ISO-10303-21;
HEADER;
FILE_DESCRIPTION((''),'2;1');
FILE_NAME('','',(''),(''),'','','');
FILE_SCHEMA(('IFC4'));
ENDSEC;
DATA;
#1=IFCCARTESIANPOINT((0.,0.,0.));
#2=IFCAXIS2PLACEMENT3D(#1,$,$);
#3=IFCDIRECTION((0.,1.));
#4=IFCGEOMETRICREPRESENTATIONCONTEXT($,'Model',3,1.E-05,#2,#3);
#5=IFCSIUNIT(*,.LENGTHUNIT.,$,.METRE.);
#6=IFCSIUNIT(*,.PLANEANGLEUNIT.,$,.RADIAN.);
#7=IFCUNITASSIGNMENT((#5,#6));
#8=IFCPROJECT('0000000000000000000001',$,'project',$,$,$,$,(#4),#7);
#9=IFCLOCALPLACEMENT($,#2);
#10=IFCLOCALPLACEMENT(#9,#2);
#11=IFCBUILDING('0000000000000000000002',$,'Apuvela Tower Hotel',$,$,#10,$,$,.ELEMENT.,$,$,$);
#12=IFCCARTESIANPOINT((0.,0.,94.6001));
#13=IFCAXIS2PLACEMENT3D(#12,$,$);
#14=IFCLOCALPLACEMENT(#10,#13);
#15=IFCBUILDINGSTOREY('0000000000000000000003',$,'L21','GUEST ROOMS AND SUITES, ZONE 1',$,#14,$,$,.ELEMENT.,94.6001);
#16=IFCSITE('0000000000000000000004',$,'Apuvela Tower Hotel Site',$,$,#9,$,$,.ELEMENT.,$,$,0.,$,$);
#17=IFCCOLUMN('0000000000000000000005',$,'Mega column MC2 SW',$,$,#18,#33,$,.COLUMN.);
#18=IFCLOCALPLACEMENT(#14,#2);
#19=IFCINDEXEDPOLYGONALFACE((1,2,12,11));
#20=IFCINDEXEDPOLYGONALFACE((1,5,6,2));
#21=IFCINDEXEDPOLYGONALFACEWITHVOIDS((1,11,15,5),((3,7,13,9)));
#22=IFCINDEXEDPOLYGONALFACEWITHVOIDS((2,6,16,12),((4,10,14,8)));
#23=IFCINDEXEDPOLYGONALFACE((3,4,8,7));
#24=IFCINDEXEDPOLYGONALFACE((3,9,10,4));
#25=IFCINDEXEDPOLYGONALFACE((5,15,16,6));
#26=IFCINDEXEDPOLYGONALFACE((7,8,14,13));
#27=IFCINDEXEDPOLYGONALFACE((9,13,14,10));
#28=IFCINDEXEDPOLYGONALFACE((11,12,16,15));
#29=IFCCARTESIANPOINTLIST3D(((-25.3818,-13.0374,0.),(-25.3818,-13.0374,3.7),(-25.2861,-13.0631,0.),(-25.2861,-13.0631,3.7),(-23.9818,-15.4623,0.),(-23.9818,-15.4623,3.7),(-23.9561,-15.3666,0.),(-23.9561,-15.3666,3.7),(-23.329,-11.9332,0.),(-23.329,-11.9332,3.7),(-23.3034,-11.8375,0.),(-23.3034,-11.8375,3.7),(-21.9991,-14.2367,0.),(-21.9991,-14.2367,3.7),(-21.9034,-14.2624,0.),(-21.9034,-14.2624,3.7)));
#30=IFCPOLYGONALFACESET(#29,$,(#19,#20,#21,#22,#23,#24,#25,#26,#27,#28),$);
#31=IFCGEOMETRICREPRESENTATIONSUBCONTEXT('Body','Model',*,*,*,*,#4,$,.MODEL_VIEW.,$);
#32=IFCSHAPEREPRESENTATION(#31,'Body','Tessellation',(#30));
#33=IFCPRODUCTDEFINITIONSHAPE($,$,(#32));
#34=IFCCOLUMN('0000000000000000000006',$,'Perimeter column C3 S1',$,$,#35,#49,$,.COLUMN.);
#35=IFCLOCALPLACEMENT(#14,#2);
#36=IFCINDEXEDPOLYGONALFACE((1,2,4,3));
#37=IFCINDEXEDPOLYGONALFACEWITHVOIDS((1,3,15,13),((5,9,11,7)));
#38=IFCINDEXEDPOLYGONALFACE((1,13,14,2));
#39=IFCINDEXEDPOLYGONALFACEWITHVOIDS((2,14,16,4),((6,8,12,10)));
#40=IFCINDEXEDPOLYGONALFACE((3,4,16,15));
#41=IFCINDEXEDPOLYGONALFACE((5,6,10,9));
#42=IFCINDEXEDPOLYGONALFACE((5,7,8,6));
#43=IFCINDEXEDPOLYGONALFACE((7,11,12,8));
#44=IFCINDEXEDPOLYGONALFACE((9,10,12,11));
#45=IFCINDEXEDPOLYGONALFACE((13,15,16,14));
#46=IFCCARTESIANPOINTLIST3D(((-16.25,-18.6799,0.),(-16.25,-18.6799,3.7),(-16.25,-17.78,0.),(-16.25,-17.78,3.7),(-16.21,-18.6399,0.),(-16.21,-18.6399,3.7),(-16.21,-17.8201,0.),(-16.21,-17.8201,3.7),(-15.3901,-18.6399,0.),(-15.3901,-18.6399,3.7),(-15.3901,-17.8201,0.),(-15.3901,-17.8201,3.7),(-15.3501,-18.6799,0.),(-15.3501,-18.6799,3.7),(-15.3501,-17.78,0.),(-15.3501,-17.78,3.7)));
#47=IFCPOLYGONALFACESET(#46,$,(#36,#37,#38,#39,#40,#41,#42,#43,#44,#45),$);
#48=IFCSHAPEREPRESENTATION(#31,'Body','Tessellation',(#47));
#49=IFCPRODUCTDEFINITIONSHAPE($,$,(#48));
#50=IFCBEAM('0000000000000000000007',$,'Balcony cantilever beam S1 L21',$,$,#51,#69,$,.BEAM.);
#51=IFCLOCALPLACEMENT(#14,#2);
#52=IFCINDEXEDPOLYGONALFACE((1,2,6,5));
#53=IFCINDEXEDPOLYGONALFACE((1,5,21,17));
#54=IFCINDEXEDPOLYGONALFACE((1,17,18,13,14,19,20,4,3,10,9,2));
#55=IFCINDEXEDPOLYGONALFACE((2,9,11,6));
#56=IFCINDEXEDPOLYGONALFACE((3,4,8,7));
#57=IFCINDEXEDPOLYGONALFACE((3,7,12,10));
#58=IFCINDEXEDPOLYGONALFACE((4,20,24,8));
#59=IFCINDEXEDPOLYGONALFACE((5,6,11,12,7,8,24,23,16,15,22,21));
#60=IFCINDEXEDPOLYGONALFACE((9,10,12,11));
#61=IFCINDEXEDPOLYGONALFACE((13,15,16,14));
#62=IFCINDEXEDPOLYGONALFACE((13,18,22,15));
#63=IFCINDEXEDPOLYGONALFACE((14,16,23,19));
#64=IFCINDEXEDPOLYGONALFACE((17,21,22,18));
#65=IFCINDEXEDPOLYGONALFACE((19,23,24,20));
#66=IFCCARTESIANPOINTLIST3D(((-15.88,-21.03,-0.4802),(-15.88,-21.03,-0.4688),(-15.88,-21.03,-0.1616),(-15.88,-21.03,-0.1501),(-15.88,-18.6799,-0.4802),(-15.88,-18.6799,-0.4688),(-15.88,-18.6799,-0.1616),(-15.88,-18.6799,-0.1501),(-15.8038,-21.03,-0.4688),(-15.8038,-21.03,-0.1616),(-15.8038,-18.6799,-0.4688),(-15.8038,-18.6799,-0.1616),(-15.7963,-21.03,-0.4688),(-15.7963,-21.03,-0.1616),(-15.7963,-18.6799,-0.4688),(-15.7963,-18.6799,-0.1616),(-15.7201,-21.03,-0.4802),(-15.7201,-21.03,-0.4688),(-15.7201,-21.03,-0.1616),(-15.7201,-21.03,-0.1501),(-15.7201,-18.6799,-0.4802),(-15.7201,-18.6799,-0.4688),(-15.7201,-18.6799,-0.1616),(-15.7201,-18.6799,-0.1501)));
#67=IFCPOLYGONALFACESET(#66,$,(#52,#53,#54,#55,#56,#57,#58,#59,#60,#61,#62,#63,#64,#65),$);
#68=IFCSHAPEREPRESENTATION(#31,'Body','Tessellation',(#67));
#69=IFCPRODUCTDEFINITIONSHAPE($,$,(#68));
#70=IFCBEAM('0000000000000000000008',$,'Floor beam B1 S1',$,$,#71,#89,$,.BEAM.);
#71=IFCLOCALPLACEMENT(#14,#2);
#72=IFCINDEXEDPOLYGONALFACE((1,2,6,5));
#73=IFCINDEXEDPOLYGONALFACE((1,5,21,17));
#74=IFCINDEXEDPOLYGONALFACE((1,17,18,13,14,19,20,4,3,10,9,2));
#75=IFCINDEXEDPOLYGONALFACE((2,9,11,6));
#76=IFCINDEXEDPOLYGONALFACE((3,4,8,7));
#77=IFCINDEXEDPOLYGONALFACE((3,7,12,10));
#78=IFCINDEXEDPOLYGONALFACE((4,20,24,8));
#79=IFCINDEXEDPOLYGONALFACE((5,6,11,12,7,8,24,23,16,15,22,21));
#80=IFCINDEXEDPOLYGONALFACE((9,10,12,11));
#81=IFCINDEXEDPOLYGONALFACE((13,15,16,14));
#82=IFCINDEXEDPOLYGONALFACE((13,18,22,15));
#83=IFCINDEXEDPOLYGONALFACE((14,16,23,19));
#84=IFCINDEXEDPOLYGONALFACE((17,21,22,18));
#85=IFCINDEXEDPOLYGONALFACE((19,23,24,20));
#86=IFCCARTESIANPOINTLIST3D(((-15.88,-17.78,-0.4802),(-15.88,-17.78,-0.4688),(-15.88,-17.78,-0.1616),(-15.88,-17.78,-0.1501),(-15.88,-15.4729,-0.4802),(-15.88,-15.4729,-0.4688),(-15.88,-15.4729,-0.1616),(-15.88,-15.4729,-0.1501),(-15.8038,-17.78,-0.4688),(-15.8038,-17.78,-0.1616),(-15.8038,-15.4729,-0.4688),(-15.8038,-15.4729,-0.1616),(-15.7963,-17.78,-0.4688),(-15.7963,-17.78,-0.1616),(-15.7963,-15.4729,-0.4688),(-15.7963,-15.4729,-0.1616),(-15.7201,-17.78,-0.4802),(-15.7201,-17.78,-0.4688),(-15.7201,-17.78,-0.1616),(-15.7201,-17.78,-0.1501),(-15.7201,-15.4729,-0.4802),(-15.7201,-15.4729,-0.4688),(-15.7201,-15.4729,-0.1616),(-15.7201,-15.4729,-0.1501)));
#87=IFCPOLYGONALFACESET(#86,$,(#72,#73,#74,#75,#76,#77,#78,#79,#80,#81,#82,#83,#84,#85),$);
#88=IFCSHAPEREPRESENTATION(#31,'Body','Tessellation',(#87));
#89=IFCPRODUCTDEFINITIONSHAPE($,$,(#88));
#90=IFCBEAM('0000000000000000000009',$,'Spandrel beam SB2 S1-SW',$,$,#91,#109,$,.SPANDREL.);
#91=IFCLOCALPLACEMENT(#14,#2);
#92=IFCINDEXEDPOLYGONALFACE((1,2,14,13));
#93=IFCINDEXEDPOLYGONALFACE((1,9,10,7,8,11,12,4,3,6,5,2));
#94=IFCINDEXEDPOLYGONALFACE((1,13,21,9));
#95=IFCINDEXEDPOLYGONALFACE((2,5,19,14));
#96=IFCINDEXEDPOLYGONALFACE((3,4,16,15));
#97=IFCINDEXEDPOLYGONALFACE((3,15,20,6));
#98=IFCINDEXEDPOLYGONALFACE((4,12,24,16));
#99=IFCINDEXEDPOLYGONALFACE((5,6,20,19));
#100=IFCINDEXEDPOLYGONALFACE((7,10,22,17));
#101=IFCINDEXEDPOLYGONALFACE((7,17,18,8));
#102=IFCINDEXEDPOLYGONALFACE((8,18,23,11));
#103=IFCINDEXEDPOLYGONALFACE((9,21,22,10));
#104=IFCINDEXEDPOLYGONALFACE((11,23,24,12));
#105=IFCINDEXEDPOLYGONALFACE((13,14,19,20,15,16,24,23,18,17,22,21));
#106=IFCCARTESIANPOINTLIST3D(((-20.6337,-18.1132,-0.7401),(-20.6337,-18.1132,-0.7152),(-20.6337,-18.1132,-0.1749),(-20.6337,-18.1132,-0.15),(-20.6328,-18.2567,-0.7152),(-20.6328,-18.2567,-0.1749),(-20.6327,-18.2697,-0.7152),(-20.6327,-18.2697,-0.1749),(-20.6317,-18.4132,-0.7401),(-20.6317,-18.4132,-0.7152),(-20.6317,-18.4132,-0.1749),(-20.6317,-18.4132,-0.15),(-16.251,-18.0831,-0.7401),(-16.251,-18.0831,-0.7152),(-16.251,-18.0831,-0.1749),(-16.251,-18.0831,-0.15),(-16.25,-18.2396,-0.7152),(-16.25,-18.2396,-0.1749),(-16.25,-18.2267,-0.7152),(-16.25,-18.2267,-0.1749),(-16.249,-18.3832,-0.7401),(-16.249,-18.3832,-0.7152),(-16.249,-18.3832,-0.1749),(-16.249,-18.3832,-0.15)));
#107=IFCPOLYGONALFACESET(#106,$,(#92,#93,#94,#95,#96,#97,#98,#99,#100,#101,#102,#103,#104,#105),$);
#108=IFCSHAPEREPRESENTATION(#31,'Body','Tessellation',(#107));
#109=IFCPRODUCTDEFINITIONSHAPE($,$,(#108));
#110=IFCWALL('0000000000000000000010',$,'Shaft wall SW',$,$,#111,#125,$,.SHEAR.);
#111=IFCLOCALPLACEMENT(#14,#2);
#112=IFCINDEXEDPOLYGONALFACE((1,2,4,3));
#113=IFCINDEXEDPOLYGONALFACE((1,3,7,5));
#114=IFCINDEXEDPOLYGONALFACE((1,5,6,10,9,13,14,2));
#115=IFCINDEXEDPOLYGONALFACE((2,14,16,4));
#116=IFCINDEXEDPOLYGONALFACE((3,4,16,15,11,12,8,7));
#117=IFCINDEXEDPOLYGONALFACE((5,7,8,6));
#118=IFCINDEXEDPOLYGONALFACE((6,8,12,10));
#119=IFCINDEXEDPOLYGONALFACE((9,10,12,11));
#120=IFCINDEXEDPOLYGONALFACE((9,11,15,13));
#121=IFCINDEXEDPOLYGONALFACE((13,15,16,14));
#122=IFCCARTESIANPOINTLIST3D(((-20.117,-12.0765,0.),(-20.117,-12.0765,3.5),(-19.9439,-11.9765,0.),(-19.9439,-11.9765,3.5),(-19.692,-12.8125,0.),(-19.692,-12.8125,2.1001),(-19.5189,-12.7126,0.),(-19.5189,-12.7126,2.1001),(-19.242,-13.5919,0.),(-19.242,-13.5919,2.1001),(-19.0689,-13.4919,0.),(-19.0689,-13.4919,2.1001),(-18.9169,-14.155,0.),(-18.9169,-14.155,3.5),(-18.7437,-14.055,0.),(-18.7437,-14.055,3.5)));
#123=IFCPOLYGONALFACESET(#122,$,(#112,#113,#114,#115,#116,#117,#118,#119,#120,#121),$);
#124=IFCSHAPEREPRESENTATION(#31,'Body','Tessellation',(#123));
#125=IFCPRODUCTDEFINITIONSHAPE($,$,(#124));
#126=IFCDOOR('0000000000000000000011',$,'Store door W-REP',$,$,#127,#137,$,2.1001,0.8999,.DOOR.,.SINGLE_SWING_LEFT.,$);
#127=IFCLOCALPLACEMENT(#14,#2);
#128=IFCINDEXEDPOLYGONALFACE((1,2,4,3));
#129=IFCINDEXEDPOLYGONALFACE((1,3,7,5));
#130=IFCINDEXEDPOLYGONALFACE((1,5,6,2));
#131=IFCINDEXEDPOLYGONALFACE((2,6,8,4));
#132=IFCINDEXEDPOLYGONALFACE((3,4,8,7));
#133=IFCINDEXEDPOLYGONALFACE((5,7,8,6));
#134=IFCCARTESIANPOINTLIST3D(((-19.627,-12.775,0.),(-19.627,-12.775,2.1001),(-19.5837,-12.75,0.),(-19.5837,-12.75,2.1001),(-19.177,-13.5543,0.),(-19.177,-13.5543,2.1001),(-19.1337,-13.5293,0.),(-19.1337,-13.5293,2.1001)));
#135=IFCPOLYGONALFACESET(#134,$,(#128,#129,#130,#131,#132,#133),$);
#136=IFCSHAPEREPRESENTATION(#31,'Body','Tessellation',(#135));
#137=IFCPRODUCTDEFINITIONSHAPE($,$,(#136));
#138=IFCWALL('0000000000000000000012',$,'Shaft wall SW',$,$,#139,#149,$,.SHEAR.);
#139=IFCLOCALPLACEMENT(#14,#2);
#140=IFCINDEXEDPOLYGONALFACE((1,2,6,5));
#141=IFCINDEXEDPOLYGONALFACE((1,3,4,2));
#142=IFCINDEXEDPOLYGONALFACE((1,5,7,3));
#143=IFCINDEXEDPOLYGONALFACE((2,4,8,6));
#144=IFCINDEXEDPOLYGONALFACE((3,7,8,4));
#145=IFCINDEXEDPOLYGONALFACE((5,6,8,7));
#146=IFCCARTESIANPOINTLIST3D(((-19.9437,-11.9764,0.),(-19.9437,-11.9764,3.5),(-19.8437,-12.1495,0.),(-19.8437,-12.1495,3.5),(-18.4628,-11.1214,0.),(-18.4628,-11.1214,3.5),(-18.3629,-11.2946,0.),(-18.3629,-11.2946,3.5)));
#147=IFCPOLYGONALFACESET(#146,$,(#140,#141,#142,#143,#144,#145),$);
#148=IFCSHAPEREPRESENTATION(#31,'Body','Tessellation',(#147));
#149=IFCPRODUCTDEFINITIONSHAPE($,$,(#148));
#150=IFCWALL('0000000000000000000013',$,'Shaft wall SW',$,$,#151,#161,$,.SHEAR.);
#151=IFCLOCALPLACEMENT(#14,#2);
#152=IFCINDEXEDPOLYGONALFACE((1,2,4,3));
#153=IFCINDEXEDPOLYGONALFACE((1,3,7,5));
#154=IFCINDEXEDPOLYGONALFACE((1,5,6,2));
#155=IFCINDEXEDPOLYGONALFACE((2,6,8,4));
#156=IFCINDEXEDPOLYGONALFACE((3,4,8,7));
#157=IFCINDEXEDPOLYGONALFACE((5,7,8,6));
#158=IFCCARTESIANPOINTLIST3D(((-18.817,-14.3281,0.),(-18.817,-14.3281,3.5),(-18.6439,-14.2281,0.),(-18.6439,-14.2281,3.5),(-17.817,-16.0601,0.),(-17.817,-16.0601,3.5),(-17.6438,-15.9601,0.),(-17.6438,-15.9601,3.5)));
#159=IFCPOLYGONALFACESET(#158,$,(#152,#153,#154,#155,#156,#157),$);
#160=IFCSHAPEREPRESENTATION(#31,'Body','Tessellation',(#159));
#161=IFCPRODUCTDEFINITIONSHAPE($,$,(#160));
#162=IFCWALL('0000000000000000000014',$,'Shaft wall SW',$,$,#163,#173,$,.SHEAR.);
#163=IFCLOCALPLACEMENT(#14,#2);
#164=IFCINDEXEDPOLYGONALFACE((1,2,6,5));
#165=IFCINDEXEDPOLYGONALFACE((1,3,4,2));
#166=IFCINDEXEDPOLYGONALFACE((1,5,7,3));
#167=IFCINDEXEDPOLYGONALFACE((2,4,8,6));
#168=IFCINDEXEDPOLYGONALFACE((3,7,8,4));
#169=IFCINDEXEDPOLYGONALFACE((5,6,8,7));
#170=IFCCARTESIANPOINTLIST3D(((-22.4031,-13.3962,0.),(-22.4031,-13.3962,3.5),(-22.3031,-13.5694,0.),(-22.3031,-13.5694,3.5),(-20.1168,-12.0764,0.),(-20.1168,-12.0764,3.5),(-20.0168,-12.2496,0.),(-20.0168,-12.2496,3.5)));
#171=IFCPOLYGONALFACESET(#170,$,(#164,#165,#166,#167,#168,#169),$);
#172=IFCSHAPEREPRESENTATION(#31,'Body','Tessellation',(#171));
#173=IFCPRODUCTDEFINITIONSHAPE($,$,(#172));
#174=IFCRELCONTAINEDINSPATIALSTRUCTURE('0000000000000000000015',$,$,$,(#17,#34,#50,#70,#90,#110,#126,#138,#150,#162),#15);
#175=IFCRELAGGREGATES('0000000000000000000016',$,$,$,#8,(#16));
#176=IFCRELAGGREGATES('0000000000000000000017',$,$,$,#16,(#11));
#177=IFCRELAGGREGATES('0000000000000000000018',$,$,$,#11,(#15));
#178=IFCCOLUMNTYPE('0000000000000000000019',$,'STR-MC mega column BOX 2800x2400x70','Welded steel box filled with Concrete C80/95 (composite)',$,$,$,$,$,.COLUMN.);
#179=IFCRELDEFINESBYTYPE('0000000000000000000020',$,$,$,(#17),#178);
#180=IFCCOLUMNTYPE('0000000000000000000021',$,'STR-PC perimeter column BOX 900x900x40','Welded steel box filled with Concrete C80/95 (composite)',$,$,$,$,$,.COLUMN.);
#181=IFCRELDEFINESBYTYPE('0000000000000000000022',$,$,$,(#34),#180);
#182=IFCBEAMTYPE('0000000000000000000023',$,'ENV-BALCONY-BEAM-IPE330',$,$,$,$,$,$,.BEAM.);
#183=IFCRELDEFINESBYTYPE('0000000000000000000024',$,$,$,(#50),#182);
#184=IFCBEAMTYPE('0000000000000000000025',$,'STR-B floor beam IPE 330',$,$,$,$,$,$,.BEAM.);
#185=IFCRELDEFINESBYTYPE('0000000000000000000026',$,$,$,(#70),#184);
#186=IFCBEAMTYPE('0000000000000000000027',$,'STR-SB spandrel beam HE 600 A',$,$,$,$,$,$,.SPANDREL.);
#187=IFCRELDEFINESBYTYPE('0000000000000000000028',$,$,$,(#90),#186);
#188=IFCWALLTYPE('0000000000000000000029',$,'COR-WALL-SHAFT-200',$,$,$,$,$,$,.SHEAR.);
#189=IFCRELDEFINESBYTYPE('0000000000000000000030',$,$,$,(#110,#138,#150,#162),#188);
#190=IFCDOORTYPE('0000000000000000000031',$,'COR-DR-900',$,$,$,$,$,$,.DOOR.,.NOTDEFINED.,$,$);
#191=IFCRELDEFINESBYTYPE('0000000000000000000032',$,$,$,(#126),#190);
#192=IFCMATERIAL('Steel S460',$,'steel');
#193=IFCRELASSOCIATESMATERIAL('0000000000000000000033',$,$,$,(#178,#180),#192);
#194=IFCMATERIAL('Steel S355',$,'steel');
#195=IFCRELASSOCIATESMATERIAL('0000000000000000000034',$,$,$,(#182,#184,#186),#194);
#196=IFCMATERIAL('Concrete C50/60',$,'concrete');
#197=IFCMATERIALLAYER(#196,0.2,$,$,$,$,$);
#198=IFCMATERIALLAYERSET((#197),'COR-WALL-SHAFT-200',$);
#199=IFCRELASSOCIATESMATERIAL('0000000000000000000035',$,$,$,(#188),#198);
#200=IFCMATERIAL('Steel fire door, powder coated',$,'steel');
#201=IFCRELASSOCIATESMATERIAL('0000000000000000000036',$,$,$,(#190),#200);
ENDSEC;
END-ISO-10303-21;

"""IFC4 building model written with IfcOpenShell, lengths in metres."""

from ifc_helpers import new_model, si_unit, direction, frame, frame_2d, origin, origin_2d, place, context, subcontext, project, spatial, rectangle, hollow_rectangle, i_section, extrude, material, layer, layer_set, material_profile, profile_set, type_object, element, fill, save


model = new_model("IFC4")

# Units and contexts
model_context = context("Model", 3, precision=1e-05, world=origin(), true_north=direction((0.0, 1.0)))
body_context = subcontext(model_context, "Body", "Model", "MODEL_VIEW")
ifc_project = project(units=[si_unit("LENGTHUNIT", "METRE"), si_unit("PLANEANGLEUNIT", "RADIAN")], contexts=[model_context])

# Site, building, storey
site_placement = place(None, origin())
site = spatial("IfcSite", under=ifc_project, at=site_placement, Name="Apuvela Tower Hotel Site", CompositionType="ELEMENT", RefElevation=0.0)
building_placement = place(site_placement, origin())
building = spatial("IfcBuilding", under=site, at=building_placement, Name="Apuvela Tower Hotel", CompositionType="ELEMENT")
storey_placement = place(building_placement, frame((0.0, 0.0, 94.6001)))
storey = spatial("IfcBuildingStorey", under=building, at=storey_placement, Name="L21", Description="GUEST ROOMS AND SUITES, ZONE 1", CompositionType="ELEMENT", Elevation=94.6001)

# Columns
ifc_material_1 = material(Name="Steel S460", Category="steel")
ifc_material_profile_1 = material_profile(ifc_material_1, hollow_rectangle(XDim=2.8, YDim=2.3999, WallThickness=0.0701, at=origin_2d()), Name="BOX 2800x2400x70")
ifc_material_2 = material(Name="Concrete C80/95", Category="concrete")
ifc_material_profile_2 = material_profile(ifc_material_2, rectangle(XDim=2.6599, YDim=2.26, at=origin_2d()), Name="Concrete C80/95 infill")
ifc_profile_set_1 = profile_set([ifc_material_profile_1, ifc_material_profile_2], Name="Steel S460")
column_type_1 = type_object("IfcColumnType", Name="STR-MC mega column BOX 2800x2400x70", Description="Welded steel box filled with Concrete C80/95 (composite)", PredefinedType="COLUMN", material=ifc_profile_set_1)
column_1_placement = place(storey_placement, frame((-23.6426, -13.6499, 0.0), z_axis=(0.0, 0.0, 1.0), x_axis=(-0.5, 0.866025, 0.0)))
element("IfcColumn", 1, at=column_1_placement, inside=storey, type_object=column_type_1, Name="Mega column MC2 SW", PredefinedType="COLUMN", context=body_context, shape_type="SweptSolid", body=[
    extrude(hollow_rectangle(XDim=2.8, YDim=2.3999, WallThickness=0.0701, at=origin_2d()), origin(), (0.0, 0.0, 1.0), 3.7),
])
ifc_material_profile_3 = material_profile(ifc_material_1, hollow_rectangle(XDim=0.8999, YDim=0.8999, WallThickness=0.04, at=origin_2d()), Name="BOX 900x900x40")
ifc_material_profile_4 = material_profile(ifc_material_2, rectangle(XDim=0.8201, YDim=0.8201, at=origin_2d()), Name="Concrete C80/95 infill")
ifc_profile_set_2 = profile_set([ifc_material_profile_3, ifc_material_profile_4], Name="Steel S460")
column_type_2 = type_object("IfcColumnType", Name="STR-PC perimeter column BOX 900x900x40", Description="Welded steel box filled with Concrete C80/95 (composite)", PredefinedType="COLUMN", material=ifc_profile_set_2)
column_2_placement = place(storey_placement, frame((-15.8, -18.23, 0.0), z_axis=(0.0, 0.0, 1.0), x_axis=(-1.0, 0.0, 0.0)))
element("IfcColumn", 2, at=column_2_placement, inside=storey, type_object=column_type_2, Name="Perimeter column C3 S1", PredefinedType="COLUMN", context=body_context, shape_type="SweptSolid", body=[
    extrude(hollow_rectangle(XDim=0.8999, YDim=0.8999, WallThickness=0.04, at=origin_2d()), origin(), (0.0, 0.0, 1.0), 3.7),
])

# Beams
ifc_material_3 = material(Name="Steel S355", Category="steel")
ifc_material_profile_5 = material_profile(ifc_material_3, i_section(OverallWidth=0.1599, OverallDepth=0.3301, WebThickness=0.0076, FlangeThickness=0.0115, at=origin_2d()), Name="IPE 330")
ifc_profile_set_3 = profile_set([ifc_material_profile_5], Name="Steel S355")
beam_type_1 = type_object("IfcBeamType", Name="ENV-BALCONY-BEAM-IPE330", PredefinedType="BEAM", material=ifc_profile_set_3)
beam_1_placement = place(storey_placement, frame((-15.8, -18.6799, -0.3152), z_axis=(0.0, -1.0, 0.0), x_axis=(1.0, 0.0, 0.0)))
element("IfcBeam", 3, at=beam_1_placement, inside=storey, type_object=beam_type_1, Name="Balcony cantilever beam S1 L21", PredefinedType="BEAM", context=body_context, shape_type="SweptSolid", body=[
    extrude(i_section(OverallWidth=0.1599, OverallDepth=0.3301, WebThickness=0.0076, FlangeThickness=0.0115, at=origin_2d()), origin(), (0.0, 0.0, 1.0), 2.3501),
])
ifc_material_profile_6 = material_profile(ifc_material_3, i_section(OverallWidth=0.1599, OverallDepth=0.3301, WebThickness=0.0076, FlangeThickness=0.0115, at=origin_2d()), Name="IPE 330")
ifc_profile_set_4 = profile_set([ifc_material_profile_6], Name="Steel S355")
beam_type_2 = type_object("IfcBeamType", Name="STR-B floor beam IPE 330", PredefinedType="BEAM", material=ifc_profile_set_4)
beam_2_placement = place(storey_placement, frame((-15.8, -17.78, -0.3152), z_axis=(0.0, 1.0, 0.0), x_axis=(-1.0, 0.0, 0.0)))
element("IfcBeam", 4, at=beam_2_placement, inside=storey, type_object=beam_type_2, Name="Floor beam B1 S1", PredefinedType="BEAM", context=body_context, shape_type="SweptSolid", body=[
    extrude(i_section(OverallWidth=0.1599, OverallDepth=0.3301, WebThickness=0.0076, FlangeThickness=0.0115, at=origin_2d()), origin(), (0.0, 0.0, 1.0), 2.3071),
])
ifc_material_profile_7 = material_profile(ifc_material_3, i_section(OverallWidth=0.3, OverallDepth=0.5901, WebThickness=0.0129, FlangeThickness=0.0249, at=origin_2d()), Name="HE 600 A")
ifc_profile_set_5 = profile_set([ifc_material_profile_7], Name="Steel S355")
beam_type_3 = type_object("IfcBeamType", Name="STR-SB spandrel beam HE 600 A", PredefinedType="SPANDREL", material=ifc_profile_set_5)
beam_3_placement = place(storey_placement, frame((-16.25, -18.2332, -0.4451), z_axis=(-0.999977, -0.006851, 0.0), x_axis=(0.006851, -0.999977, 0.0)))
element("IfcBeam", 5, at=beam_3_placement, inside=storey, type_object=beam_type_3, Name="Spandrel beam SB2 S1-SW", PredefinedType="SPANDREL", context=body_context, shape_type="SweptSolid", body=[
    extrude(i_section(OverallWidth=0.3, OverallDepth=0.5901, WebThickness=0.0129, FlangeThickness=0.0249, at=origin_2d()), origin(), (0.0, 0.0, 1.0), 4.3828),
])

# Wall, opening, door
ifc_material_4 = material(Name="Concrete C50/60", Category="concrete")
ifc_layer_1 = layer(ifc_material_4, 0.2)
ifc_layer_set_1 = layer_set([ifc_layer_1], Name="COR-WALL-SHAFT-200")
wall_type_1 = type_object("IfcWallType", Name="COR-WALL-SHAFT-200", PredefinedType="SHEAR", material=ifc_layer_set_1)
wall_1_placement = place(storey_placement, frame((-20.0305, -12.0264, 0.0), z_axis=(0.0, 0.0, 1.0), x_axis=(0.500034, -0.866006, 0.0)))
wall_1 = element("IfcWall", 6, at=wall_1_placement, inside=storey, type_object=wall_type_1, Name="Shaft wall SW", PredefinedType="SHEAR", context=body_context, shape_type="SweptSolid", body=[
    extrude(rectangle(XDim=2.4001, YDim=0.2, at=frame_2d((1.2002, 0.0))), origin(), (0.0, 0.0, 1.0), 3.5),
])
opening_1_placement = place(wall_1_placement, frame((0.8501, 0.0, 0.0)))
opening_1 = element("IfcOpeningElement", 7, at=opening_1_placement, cuts=wall_1, PredefinedType="OPENING", context=body_context, shape_type="SweptSolid", body=[
    extrude(rectangle(XDim=0.8999, YDim=2.1001, at=frame_2d((0.45, 1.05))), frame((0.0, 0.1099, 0.0), z_axis=(0.0, -1.0, 0.0), x_axis=(1.0, 0.0, 0.0)), (0.0, 0.0, 1.0), 0.22),
])
ifc_material_5 = material(Name="Steel fire door, powder coated", Category="steel")
door_type_1 = type_object("IfcDoorType", Name="COR-DR-900", OperationType="NOTDEFINED", PredefinedType="DOOR", material=ifc_material_5)
door_1_placement = place(opening_1_placement, frame((0.8999, 0.0, 0.0), z_axis=(0.0, 0.0, 1.0), x_axis=(-1.0, 0.0, 0.0)))
door_1 = element("IfcDoor", 8, at=door_1_placement, inside=storey, type_object=door_type_1, Name="Store door W-REP", OperationType="SINGLE_SWING_LEFT", OverallHeight=2.1001, OverallWidth=0.8999, PredefinedType="DOOR", context=body_context, shape_type="SweptSolid", body=[
    extrude(rectangle(XDim=0.8999, YDim=2.1001, at=frame_2d((0.45, 1.05))), frame((0.0, 0.0249, 0.0), z_axis=(0.0, -1.0, 0.0), x_axis=(1.0, 0.0, 0.0)), (0.0, 0.0, 1.0), 0.05),
])
fill(opening_1, door_1)

# Walls
wall_2_placement = place(storey_placement, frame((-18.4128, -11.208, 0.0), z_axis=(0.0, 0.0, 1.0), x_axis=(-0.866038, -0.499978, 0.0)))
element("IfcWall", 9, at=wall_2_placement, inside=storey, type_object=wall_type_1, Name="Shaft wall SW", PredefinedType="SHEAR", context=body_context, shape_type="SweptSolid", body=[
    extrude(rectangle(XDim=1.71, YDim=0.2, at=frame_2d((0.855, 0.0))), origin(), (0.0, 0.0, 1.0), 3.5),
])
wall_3_placement = place(storey_placement, frame((-18.7305, -14.2781, 0.0), z_axis=(0.0, 0.0, 1.0), x_axis=(0.500025, -0.866011, 0.0)))
element("IfcWall", 10, at=wall_3_placement, inside=storey, type_object=wall_type_1, Name="Shaft wall SW", PredefinedType="SHEAR", context=body_context, shape_type="SweptSolid", body=[
    extrude(rectangle(XDim=2.0, YDim=0.2, at=frame_2d((1.0, 0.0))), origin(), (0.0, 0.0, 1.0), 3.5),
])
wall_4_placement = place(storey_placement, frame((-20.0669, -12.1631, 0.0), z_axis=(0.0, 0.0, 1.0), x_axis=(-0.866061, -0.499939, 0.0)))
element("IfcWall", 11, at=wall_4_placement, inside=storey, type_object=wall_type_1, Name="Shaft wall SW", PredefinedType="SHEAR", context=body_context, shape_type="SweptSolid", body=[
    extrude(rectangle(XDim=2.6399, YDim=0.2, at=frame_2d((1.3198, 0.0))), origin(), (0.0, 0.0, 1.0), 3.5),
])

save(model, "model.ifc")
